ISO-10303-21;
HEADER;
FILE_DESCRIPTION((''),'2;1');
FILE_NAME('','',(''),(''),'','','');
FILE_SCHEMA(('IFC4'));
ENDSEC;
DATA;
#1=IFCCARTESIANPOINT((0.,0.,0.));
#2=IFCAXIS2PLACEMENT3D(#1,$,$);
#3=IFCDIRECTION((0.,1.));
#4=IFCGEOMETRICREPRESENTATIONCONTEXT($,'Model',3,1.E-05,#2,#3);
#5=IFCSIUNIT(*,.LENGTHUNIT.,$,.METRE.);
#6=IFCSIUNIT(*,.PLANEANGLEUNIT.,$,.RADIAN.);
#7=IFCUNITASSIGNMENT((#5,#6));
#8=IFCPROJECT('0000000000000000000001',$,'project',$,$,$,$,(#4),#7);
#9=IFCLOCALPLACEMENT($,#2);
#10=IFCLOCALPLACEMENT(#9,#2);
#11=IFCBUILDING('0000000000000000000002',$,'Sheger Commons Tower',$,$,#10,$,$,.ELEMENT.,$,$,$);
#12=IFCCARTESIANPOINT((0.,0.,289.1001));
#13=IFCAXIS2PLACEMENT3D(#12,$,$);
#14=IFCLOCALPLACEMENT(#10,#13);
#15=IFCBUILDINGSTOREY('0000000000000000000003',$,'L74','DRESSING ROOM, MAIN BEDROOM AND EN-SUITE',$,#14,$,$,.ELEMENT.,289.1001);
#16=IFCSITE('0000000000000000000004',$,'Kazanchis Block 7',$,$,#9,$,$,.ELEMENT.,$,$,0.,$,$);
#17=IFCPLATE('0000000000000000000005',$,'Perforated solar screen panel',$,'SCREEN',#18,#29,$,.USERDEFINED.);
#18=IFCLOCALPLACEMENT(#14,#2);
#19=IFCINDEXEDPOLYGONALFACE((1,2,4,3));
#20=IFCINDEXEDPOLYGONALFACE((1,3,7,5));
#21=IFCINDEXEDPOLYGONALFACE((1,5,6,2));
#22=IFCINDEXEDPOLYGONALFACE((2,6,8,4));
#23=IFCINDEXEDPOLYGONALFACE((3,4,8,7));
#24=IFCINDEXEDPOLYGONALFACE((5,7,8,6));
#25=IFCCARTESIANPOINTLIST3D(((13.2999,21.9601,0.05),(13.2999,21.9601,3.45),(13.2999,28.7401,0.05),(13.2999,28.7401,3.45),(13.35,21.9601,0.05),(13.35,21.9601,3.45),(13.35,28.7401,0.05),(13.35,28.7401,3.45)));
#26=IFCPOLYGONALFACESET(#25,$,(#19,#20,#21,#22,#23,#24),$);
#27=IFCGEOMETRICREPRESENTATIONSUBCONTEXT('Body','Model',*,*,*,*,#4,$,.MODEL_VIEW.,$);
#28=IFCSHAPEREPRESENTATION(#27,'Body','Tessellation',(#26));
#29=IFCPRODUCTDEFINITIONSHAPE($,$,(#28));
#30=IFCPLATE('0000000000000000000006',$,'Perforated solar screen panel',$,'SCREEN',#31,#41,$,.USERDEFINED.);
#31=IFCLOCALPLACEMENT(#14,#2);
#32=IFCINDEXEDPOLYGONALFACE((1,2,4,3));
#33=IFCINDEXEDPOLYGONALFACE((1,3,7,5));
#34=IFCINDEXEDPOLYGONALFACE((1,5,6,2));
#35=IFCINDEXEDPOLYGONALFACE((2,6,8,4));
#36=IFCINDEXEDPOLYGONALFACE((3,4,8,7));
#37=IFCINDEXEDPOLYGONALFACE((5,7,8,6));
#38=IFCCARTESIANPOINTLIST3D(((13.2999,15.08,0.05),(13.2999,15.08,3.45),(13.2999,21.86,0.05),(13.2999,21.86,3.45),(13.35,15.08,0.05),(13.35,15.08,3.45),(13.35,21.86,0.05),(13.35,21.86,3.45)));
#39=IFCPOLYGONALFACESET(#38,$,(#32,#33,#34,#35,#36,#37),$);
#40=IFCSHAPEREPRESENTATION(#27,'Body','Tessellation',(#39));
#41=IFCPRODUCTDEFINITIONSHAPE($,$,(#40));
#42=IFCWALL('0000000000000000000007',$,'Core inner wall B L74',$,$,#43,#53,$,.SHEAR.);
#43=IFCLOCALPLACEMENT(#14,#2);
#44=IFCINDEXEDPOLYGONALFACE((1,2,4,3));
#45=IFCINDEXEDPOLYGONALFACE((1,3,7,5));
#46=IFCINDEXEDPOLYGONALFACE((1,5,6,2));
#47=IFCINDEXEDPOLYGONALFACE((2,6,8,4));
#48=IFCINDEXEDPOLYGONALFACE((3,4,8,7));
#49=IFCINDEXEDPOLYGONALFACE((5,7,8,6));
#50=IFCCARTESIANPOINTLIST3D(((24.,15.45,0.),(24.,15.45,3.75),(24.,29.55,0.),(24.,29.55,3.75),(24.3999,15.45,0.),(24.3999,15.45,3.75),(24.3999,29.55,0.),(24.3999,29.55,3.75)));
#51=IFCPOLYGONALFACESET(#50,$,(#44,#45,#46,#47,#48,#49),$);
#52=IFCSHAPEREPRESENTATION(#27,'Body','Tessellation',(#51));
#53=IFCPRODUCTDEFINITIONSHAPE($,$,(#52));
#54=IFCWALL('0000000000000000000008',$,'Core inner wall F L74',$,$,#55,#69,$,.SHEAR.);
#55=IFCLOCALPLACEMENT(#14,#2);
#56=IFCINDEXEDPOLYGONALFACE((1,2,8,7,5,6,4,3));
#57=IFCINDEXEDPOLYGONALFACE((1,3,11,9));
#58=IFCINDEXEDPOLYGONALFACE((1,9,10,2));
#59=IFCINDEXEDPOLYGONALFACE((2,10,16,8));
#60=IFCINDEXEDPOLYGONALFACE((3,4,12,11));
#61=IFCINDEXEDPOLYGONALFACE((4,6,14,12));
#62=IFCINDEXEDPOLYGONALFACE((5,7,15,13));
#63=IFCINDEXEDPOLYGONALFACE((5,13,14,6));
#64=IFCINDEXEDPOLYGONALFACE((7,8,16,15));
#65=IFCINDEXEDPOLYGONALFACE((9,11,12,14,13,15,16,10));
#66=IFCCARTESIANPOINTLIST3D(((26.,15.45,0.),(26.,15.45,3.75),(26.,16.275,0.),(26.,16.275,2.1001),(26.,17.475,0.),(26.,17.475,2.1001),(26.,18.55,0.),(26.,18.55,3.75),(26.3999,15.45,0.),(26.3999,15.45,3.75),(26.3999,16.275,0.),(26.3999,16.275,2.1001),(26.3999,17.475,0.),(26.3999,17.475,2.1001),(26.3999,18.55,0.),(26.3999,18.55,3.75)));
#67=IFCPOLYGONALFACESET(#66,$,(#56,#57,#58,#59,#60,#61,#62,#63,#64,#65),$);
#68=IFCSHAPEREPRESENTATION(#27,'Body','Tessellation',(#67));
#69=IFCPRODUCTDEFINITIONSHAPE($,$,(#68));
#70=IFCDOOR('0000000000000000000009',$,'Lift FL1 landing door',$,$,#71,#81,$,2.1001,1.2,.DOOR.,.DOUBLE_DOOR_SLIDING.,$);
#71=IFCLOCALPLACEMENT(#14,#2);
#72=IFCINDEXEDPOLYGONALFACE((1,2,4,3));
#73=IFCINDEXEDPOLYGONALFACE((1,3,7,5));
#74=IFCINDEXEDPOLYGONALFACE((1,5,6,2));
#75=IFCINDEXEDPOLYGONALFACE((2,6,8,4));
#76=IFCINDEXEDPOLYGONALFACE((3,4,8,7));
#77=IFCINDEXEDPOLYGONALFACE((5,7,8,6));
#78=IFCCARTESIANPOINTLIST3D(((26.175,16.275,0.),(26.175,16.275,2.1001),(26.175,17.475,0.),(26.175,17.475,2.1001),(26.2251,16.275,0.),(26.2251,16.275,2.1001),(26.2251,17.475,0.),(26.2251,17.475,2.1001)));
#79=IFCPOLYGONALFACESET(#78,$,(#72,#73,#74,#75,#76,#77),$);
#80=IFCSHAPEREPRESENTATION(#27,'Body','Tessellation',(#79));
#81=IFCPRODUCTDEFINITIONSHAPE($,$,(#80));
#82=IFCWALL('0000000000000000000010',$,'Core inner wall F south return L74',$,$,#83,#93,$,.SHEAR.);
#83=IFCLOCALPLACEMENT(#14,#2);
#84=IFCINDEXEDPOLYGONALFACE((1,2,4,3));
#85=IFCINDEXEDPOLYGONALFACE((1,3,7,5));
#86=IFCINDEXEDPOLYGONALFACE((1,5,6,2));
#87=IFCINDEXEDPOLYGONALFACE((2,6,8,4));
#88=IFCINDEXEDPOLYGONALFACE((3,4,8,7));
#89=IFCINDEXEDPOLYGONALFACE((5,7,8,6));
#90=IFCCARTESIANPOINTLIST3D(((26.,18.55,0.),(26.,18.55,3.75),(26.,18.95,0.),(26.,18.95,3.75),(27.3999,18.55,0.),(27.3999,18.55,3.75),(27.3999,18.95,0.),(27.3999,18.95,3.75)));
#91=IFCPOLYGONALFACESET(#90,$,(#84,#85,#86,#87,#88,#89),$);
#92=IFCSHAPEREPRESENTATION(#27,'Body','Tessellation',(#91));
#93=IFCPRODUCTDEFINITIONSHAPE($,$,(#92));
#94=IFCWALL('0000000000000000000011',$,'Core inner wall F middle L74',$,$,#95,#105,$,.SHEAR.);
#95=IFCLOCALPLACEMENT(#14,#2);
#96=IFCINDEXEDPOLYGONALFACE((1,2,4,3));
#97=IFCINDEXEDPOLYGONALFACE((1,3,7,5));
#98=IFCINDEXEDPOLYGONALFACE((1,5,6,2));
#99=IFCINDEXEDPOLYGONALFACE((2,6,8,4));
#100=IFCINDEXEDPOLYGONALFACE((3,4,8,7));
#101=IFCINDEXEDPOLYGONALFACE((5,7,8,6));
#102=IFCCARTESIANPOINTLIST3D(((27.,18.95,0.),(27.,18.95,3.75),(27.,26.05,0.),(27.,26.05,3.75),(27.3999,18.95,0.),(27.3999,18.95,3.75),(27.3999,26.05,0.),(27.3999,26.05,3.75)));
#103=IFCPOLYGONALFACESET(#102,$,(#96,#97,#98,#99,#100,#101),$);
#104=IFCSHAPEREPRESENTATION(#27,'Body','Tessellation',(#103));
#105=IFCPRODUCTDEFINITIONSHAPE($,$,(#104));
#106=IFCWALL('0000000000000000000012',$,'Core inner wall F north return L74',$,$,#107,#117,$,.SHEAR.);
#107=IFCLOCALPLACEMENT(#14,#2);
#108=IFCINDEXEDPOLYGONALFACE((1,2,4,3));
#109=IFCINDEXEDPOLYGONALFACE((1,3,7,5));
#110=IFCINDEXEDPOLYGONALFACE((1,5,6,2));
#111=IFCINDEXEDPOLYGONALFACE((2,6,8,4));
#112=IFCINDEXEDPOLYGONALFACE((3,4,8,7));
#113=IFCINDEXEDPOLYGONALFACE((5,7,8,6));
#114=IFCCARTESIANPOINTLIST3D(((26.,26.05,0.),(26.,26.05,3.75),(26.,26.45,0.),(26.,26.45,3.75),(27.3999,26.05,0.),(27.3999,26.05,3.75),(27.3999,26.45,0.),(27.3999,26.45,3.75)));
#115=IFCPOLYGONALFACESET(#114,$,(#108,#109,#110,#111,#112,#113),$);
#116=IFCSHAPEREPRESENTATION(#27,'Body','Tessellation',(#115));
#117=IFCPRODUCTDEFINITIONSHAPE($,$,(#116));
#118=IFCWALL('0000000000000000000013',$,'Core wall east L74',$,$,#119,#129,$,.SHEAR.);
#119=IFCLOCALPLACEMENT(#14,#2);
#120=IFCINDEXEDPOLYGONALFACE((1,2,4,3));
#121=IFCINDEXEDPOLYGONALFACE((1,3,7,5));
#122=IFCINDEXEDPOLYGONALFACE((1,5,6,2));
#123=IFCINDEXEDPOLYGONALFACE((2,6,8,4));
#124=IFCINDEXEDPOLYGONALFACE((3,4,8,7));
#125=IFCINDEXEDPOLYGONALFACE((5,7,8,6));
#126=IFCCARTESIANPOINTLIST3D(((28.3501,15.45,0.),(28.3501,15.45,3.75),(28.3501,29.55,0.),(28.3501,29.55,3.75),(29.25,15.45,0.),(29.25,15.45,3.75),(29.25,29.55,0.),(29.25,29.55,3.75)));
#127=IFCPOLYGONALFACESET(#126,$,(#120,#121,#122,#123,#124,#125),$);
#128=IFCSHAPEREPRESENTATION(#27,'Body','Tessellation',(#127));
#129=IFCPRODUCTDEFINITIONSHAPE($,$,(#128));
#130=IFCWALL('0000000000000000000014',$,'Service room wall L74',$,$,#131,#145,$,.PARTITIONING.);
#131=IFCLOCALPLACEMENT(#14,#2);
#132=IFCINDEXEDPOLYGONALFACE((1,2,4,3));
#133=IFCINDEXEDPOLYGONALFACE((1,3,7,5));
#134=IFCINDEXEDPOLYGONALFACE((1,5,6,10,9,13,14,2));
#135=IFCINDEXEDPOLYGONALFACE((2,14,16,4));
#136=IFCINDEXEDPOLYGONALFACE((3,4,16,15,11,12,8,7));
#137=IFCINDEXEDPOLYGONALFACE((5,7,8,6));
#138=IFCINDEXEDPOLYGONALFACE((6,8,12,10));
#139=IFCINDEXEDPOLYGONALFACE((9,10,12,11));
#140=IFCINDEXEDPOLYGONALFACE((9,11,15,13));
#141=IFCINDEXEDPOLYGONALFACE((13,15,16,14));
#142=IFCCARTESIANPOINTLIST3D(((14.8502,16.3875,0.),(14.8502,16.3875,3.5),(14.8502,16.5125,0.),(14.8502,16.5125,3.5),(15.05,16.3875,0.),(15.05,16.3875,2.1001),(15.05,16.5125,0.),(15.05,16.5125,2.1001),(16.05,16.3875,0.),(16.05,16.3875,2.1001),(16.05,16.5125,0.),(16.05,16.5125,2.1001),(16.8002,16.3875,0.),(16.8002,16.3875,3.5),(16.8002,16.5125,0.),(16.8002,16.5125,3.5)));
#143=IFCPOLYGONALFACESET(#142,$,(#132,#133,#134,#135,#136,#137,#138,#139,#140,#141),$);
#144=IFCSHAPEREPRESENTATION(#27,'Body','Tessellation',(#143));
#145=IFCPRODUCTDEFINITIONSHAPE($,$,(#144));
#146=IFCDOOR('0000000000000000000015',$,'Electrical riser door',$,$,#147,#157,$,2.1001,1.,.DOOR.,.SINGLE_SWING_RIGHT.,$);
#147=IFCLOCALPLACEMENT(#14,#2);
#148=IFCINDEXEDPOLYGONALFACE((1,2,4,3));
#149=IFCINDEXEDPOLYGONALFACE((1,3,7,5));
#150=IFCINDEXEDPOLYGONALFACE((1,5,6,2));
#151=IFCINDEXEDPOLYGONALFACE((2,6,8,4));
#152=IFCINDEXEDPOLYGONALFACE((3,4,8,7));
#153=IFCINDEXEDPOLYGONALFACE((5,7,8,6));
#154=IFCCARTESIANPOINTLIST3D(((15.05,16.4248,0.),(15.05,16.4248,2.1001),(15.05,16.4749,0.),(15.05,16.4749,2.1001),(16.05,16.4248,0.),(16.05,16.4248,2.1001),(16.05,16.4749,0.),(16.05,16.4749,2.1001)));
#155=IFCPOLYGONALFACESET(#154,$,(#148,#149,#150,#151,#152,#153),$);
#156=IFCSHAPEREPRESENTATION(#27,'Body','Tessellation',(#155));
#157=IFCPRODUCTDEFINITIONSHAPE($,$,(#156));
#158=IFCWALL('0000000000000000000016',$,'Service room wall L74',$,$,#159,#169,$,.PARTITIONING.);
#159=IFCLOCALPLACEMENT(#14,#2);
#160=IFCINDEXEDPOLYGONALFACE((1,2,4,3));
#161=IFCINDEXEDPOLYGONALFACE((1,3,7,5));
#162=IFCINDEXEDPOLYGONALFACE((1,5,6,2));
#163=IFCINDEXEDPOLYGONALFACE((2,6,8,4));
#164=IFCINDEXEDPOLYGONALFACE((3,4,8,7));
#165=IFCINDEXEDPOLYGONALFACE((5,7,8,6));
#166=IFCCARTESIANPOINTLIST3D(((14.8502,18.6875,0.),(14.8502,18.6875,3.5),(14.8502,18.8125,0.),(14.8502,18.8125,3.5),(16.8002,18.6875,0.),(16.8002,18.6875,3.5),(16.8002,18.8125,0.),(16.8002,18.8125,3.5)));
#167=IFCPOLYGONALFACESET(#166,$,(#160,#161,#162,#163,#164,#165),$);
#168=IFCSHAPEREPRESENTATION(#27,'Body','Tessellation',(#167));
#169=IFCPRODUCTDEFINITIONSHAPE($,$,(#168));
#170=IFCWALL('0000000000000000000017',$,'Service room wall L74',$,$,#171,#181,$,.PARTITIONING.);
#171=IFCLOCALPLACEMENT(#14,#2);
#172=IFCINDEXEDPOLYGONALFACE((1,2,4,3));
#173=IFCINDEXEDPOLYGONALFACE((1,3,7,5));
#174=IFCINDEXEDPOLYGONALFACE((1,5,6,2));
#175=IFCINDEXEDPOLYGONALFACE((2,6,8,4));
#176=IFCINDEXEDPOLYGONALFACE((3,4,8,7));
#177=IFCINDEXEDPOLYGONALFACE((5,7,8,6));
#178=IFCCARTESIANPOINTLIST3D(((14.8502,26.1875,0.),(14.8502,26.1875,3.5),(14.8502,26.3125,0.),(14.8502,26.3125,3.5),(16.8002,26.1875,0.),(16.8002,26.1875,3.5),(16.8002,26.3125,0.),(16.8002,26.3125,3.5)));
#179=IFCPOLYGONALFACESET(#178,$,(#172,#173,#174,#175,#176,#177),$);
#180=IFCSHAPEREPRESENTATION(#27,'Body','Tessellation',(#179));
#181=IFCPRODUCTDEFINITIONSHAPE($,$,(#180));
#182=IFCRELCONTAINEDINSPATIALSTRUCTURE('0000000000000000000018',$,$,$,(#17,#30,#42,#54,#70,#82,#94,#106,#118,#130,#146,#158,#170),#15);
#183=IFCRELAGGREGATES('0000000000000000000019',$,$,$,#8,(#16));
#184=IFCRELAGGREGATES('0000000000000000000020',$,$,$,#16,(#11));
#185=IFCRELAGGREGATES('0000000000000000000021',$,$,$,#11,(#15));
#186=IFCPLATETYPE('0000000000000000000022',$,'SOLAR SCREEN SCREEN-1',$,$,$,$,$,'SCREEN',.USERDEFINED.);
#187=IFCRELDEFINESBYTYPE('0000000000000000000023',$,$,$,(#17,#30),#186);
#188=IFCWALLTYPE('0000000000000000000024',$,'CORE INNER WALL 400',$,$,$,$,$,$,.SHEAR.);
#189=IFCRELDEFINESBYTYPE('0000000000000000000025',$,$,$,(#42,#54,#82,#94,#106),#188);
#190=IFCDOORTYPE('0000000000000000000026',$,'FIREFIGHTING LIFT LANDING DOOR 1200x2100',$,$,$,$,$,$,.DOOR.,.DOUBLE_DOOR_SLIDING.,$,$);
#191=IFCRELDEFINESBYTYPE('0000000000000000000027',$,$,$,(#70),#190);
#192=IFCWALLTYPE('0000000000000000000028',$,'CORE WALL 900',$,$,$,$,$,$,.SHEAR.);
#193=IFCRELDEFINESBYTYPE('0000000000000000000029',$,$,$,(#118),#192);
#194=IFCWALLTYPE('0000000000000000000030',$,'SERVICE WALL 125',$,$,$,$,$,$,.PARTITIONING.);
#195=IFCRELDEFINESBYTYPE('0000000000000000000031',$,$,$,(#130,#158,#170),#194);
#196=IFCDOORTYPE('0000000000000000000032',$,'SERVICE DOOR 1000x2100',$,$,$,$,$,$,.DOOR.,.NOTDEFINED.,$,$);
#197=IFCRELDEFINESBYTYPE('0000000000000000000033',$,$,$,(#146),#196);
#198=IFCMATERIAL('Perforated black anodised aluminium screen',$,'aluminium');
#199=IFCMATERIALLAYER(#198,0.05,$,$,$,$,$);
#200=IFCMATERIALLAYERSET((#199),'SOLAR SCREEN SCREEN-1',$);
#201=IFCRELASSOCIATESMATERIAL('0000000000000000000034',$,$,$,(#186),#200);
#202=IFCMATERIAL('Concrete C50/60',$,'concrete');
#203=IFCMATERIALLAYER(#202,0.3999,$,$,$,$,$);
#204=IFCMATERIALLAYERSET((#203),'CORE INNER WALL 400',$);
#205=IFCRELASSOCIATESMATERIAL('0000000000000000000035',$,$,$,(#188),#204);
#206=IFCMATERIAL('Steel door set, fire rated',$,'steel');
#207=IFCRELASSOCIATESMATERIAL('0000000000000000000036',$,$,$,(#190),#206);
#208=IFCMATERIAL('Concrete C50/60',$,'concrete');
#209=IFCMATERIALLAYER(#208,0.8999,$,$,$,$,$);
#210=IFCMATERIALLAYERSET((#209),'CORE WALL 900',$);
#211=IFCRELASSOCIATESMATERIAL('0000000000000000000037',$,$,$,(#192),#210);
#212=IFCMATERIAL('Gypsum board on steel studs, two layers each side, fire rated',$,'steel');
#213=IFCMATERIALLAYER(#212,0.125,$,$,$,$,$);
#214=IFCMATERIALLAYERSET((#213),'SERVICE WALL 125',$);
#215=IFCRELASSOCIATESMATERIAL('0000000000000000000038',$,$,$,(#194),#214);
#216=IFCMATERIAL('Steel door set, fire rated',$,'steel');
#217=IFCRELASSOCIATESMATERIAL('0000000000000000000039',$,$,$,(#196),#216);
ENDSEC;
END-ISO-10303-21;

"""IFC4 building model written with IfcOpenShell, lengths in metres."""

from ifc_helpers import new_model, si_unit, direction, frame, frame_2d, origin, origin_2d, place, context, subcontext, project, spatial, rectangle, extrude, material, layer, layer_set, type_object, element, fill, save


model = new_model("IFC4")

# Units and contexts
model_context = context("Model", 3, precision=1e-05, world=origin(), true_north=direction((0.0, 1.0)))
body_context = subcontext(model_context, "Body", "Model", "MODEL_VIEW")
ifc_project = project(units=[si_unit("LENGTHUNIT", "METRE"), si_unit("PLANEANGLEUNIT", "RADIAN")], contexts=[model_context])

# Site, building, storey
site_placement = place(None, origin())
site = spatial("IfcSite", under=ifc_project, at=site_placement, Name="Kazanchis Block 7", CompositionType="ELEMENT", RefElevation=0.0)
building_placement = place(site_placement, origin())
building = spatial("IfcBuilding", under=site, at=building_placement, Name="Sheger Commons Tower", CompositionType="ELEMENT")
storey_placement = place(building_placement, frame((0.0, 0.0, 289.1001)))
storey = spatial("IfcBuildingStorey", under=building, at=storey_placement, Name="L74", Description="DRESSING ROOM, MAIN BEDROOM AND EN-SUITE", CompositionType="ELEMENT", Elevation=289.1001)

# Plates
ifc_material_1 = material(Name="Perforated black anodised aluminium screen", Category="aluminium")
ifc_layer_1 = layer(ifc_material_1, 0.05)
ifc_layer_set_1 = layer_set([ifc_layer_1], Name="SOLAR SCREEN SCREEN-1")
plate_type = type_object("IfcPlateType", Name="SOLAR SCREEN SCREEN-1", ElementType="SCREEN", PredefinedType="USERDEFINED", material=ifc_layer_set_1)
for number, where, z_axis, x_axis, name in (
    (1, (13.325, 25.3501, 0.05), (0.0, 0.0, 1.0), (0.0, -1.0, 0.0), "Perforated solar screen panel"),
    (2, (13.325, 18.47, 0.05), (0.0, 0.0, 1.0), (0.0, -1.0, 0.0), "Perforated solar screen panel"),
):
    element("IfcPlate", number, at=place(storey_placement, frame(where, z_axis=z_axis, x_axis=x_axis)), inside=storey, type_object=plate_type, Name=name, ObjectType="SCREEN", PredefinedType="USERDEFINED", context=body_context, shape_type="SweptSolid", body=[
        extrude(rectangle(XDim=6.78, YDim=0.05, at=origin_2d()), origin(), (0.0, 0.0, 1.0), 3.3999),
    ])

# Wall
ifc_material_2 = material(Name="Concrete C50/60", Category="concrete")
ifc_layer_2 = layer(ifc_material_2, 0.3999)
ifc_layer_set_2 = layer_set([ifc_layer_2], Name="CORE INNER WALL 400")
wall_type_1 = type_object("IfcWallType", Name="CORE INNER WALL 400", PredefinedType="SHEAR", material=ifc_layer_set_2)
wall_1_placement = place(storey_placement, frame((24.2, 15.45, 0.0), z_axis=(0.0, 0.0, 1.0), x_axis=(0.0, 1.0, 0.0)))
element("IfcWall", 3, at=wall_1_placement, inside=storey, type_object=wall_type_1, Name="Core inner wall B L74", PredefinedType="SHEAR", context=body_context, shape_type="SweptSolid", body=[
    extrude(rectangle(XDim=14.1001, YDim=0.3999, at=frame_2d((7.05, 0.0))), origin(), (0.0, 0.0, 1.0), 3.75),
])

# Wall, opening, door
wall_2_placement = place(storey_placement, frame((26.2, 15.45, 0.0), z_axis=(0.0, 0.0, 1.0), x_axis=(0.0, 1.0, 0.0)))
wall_2 = element("IfcWall", 4, at=wall_2_placement, inside=storey, type_object=wall_type_1, Name="Core inner wall F L74", PredefinedType="SHEAR", context=body_context, shape_type="SweptSolid", body=[
    extrude(rectangle(XDim=3.1001, YDim=0.3999, at=frame_2d((1.55, 0.0))), origin(), (0.0, 0.0, 1.0), 3.75),
])
opening_1_placement = place(wall_2_placement, frame((0.825, 0.0, 0.0)))
opening_1 = element("IfcOpeningElement", 5, at=opening_1_placement, cuts=wall_2, PredefinedType="OPENING", context=body_context, shape_type="SweptSolid", body=[
    extrude(rectangle(XDim=1.2, YDim=2.1001, at=frame_2d((0.6001, 1.05))), frame((0.0, 0.21, 0.0), z_axis=(0.0, -1.0, 0.0), x_axis=(1.0, 0.0, 0.0)), (0.0, 0.0, 1.0), 0.4199),
])
ifc_material_3 = material(Name="Steel door set, fire rated", Category="steel")
door_type_1 = type_object("IfcDoorType", Name="FIREFIGHTING LIFT LANDING DOOR 1200x2100", OperationType="DOUBLE_DOOR_SLIDING", PredefinedType="DOOR", material=ifc_material_3)
door_1_placement = place(opening_1_placement, origin())
door_1 = element("IfcDoor", 6, at=door_1_placement, inside=storey, type_object=door_type_1, Name="Lift FL1 landing door", OperationType="DOUBLE_DOOR_SLIDING", OverallHeight=2.1001, OverallWidth=1.2, PredefinedType="DOOR", context=body_context, shape_type="SweptSolid", body=[
    extrude(rectangle(XDim=1.2, YDim=2.1001, at=frame_2d((0.6001, 1.05))), frame((0.0, 0.0249, 0.0), z_axis=(0.0, -1.0, 0.0), x_axis=(1.0, 0.0, 0.0)), (0.0, 0.0, 1.0), 0.05),
])
fill(opening_1, door_1)

# Walls
wall_3_placement = place(storey_placement, frame((26.0, 18.75, 0.0), z_axis=(0.0, 0.0, 1.0), x_axis=(1.0, 0.0, 0.0)))
element("IfcWall", 7, at=wall_3_placement, inside=storey, type_object=wall_type_1, Name="Core inner wall F south return L74", PredefinedType="SHEAR", context=body_context, shape_type="SweptSolid", body=[
    extrude(rectangle(XDim=1.3999, YDim=0.3999, at=frame_2d((0.7, 0.0))), origin(), (0.0, 0.0, 1.0), 3.75),
])
wall_4_placement = place(storey_placement, frame((27.2, 18.95, 0.0), z_axis=(0.0, 0.0, 1.0), x_axis=(0.0, 1.0, 0.0)))
element("IfcWall", 8, at=wall_4_placement, inside=storey, type_object=wall_type_1, Name="Core inner wall F middle L74", PredefinedType="SHEAR", context=body_context, shape_type="SweptSolid", body=[
    extrude(rectangle(XDim=7.1001, YDim=0.3999, at=frame_2d((3.55, 0.0))), origin(), (0.0, 0.0, 1.0), 3.75),
])
wall_5_placement = place(storey_placement, frame((26.0, 26.25, 0.0), z_axis=(0.0, 0.0, 1.0), x_axis=(1.0, 0.0, 0.0)))
element("IfcWall", 9, at=wall_5_placement, inside=storey, type_object=wall_type_1, Name="Core inner wall F north return L74", PredefinedType="SHEAR", context=body_context, shape_type="SweptSolid", body=[
    extrude(rectangle(XDim=1.3999, YDim=0.3999, at=frame_2d((0.7, 0.0))), origin(), (0.0, 0.0, 1.0), 3.75),
])
ifc_material_4 = material(Name="Concrete C50/60", Category="concrete")
ifc_layer_3 = layer(ifc_material_4, 0.8999)
ifc_layer_set_3 = layer_set([ifc_layer_3], Name="CORE WALL 900")
wall_type_2 = type_object("IfcWallType", Name="CORE WALL 900", PredefinedType="SHEAR", material=ifc_layer_set_3)
wall_6_placement = place(storey_placement, frame((28.8, 15.45, 0.0), z_axis=(0.0, 0.0, 1.0), x_axis=(0.0, 1.0, 0.0)))
element("IfcWall", 10, at=wall_6_placement, inside=storey, type_object=wall_type_2, Name="Core wall east L74", PredefinedType="SHEAR", context=body_context, shape_type="SweptSolid", body=[
    extrude(rectangle(XDim=14.1001, YDim=0.8999, at=frame_2d((7.05, 0.0))), origin(), (0.0, 0.0, 1.0), 3.75),
])

# Wall, opening, door
ifc_material_5 = material(Name="Gypsum board on steel studs, two layers each side, fire rated", Category="steel")
ifc_layer_4 = layer(ifc_material_5, 0.125)
ifc_layer_set_4 = layer_set([ifc_layer_4], Name="SERVICE WALL 125")
wall_type_3 = type_object("IfcWallType", Name="SERVICE WALL 125", PredefinedType="PARTITIONING", material=ifc_layer_set_4)
wall_7_placement = place(storey_placement, frame((14.8501, 16.45, 0.0), z_axis=(0.0, 0.0, 1.0), x_axis=(1.0, 0.0, 0.0)))
wall_7 = element("IfcWall", 11, at=wall_7_placement, inside=storey, type_object=wall_type_3, Name="Service room wall L74", PredefinedType="PARTITIONING", context=body_context, shape_type="SweptSolid", body=[
    extrude(rectangle(XDim=1.95, YDim=0.125, at=frame_2d((0.9751, 0.0))), origin(), (0.0, 0.0, 1.0), 3.5),
])
opening_2_placement = place(wall_7_placement, frame((0.2, 0.0, 0.0)))
opening_2 = element("IfcOpeningElement", 12, at=opening_2_placement, cuts=wall_7, PredefinedType="OPENING", context=body_context, shape_type="SweptSolid", body=[
    extrude(rectangle(XDim=1.0, YDim=2.1001, at=frame_2d((0.5, 1.05))), frame((0.0, 0.0725, 0.0), z_axis=(0.0, -1.0, 0.0), x_axis=(1.0, 0.0, 0.0)), (0.0, 0.0, 1.0), 0.145),
])
ifc_material_6 = material(Name="Steel door set, fire rated", Category="steel")
door_type_2 = type_object("IfcDoorType", Name="SERVICE DOOR 1000x2100", OperationType="NOTDEFINED", PredefinedType="DOOR", material=ifc_material_6)
door_2_placement = place(opening_2_placement, origin())
door_2 = element("IfcDoor", 13, at=door_2_placement, inside=storey, type_object=door_type_2, Name="Electrical riser door", OperationType="SINGLE_SWING_RIGHT", OverallHeight=2.1001, OverallWidth=1.0, PredefinedType="DOOR", context=body_context, shape_type="SweptSolid", body=[
    extrude(rectangle(XDim=1.0, YDim=2.1001, at=frame_2d((0.5, 1.05))), frame((0.0, 0.0249, 0.0), z_axis=(0.0, -1.0, 0.0), x_axis=(1.0, 0.0, 0.0)), (0.0, 0.0, 1.0), 0.05),
])
fill(opening_2, door_2)

# Walls
for number, where, z_axis, x_axis, name in (
    (14, (14.8501, 18.75, 0.0), (0.0, 0.0, 1.0), (1.0, 0.0, 0.0), "Service room wall L74"),
    (15, (14.8501, 26.25, 0.0), (0.0, 0.0, 1.0), (1.0, 0.0, 0.0), "Service room wall L74"),
):
    element("IfcWall", number, at=place(storey_placement, frame(where, z_axis=z_axis, x_axis=x_axis)), inside=storey, type_object=wall_type_3, Name=name, PredefinedType="PARTITIONING", context=body_context, shape_type="SweptSolid", body=[
        extrude(rectangle(XDim=1.95, YDim=0.125, at=frame_2d((0.9751, 0.0))), origin(), (0.0, 0.0, 1.0), 3.5),
    ])

save(model, "model.ifc")
